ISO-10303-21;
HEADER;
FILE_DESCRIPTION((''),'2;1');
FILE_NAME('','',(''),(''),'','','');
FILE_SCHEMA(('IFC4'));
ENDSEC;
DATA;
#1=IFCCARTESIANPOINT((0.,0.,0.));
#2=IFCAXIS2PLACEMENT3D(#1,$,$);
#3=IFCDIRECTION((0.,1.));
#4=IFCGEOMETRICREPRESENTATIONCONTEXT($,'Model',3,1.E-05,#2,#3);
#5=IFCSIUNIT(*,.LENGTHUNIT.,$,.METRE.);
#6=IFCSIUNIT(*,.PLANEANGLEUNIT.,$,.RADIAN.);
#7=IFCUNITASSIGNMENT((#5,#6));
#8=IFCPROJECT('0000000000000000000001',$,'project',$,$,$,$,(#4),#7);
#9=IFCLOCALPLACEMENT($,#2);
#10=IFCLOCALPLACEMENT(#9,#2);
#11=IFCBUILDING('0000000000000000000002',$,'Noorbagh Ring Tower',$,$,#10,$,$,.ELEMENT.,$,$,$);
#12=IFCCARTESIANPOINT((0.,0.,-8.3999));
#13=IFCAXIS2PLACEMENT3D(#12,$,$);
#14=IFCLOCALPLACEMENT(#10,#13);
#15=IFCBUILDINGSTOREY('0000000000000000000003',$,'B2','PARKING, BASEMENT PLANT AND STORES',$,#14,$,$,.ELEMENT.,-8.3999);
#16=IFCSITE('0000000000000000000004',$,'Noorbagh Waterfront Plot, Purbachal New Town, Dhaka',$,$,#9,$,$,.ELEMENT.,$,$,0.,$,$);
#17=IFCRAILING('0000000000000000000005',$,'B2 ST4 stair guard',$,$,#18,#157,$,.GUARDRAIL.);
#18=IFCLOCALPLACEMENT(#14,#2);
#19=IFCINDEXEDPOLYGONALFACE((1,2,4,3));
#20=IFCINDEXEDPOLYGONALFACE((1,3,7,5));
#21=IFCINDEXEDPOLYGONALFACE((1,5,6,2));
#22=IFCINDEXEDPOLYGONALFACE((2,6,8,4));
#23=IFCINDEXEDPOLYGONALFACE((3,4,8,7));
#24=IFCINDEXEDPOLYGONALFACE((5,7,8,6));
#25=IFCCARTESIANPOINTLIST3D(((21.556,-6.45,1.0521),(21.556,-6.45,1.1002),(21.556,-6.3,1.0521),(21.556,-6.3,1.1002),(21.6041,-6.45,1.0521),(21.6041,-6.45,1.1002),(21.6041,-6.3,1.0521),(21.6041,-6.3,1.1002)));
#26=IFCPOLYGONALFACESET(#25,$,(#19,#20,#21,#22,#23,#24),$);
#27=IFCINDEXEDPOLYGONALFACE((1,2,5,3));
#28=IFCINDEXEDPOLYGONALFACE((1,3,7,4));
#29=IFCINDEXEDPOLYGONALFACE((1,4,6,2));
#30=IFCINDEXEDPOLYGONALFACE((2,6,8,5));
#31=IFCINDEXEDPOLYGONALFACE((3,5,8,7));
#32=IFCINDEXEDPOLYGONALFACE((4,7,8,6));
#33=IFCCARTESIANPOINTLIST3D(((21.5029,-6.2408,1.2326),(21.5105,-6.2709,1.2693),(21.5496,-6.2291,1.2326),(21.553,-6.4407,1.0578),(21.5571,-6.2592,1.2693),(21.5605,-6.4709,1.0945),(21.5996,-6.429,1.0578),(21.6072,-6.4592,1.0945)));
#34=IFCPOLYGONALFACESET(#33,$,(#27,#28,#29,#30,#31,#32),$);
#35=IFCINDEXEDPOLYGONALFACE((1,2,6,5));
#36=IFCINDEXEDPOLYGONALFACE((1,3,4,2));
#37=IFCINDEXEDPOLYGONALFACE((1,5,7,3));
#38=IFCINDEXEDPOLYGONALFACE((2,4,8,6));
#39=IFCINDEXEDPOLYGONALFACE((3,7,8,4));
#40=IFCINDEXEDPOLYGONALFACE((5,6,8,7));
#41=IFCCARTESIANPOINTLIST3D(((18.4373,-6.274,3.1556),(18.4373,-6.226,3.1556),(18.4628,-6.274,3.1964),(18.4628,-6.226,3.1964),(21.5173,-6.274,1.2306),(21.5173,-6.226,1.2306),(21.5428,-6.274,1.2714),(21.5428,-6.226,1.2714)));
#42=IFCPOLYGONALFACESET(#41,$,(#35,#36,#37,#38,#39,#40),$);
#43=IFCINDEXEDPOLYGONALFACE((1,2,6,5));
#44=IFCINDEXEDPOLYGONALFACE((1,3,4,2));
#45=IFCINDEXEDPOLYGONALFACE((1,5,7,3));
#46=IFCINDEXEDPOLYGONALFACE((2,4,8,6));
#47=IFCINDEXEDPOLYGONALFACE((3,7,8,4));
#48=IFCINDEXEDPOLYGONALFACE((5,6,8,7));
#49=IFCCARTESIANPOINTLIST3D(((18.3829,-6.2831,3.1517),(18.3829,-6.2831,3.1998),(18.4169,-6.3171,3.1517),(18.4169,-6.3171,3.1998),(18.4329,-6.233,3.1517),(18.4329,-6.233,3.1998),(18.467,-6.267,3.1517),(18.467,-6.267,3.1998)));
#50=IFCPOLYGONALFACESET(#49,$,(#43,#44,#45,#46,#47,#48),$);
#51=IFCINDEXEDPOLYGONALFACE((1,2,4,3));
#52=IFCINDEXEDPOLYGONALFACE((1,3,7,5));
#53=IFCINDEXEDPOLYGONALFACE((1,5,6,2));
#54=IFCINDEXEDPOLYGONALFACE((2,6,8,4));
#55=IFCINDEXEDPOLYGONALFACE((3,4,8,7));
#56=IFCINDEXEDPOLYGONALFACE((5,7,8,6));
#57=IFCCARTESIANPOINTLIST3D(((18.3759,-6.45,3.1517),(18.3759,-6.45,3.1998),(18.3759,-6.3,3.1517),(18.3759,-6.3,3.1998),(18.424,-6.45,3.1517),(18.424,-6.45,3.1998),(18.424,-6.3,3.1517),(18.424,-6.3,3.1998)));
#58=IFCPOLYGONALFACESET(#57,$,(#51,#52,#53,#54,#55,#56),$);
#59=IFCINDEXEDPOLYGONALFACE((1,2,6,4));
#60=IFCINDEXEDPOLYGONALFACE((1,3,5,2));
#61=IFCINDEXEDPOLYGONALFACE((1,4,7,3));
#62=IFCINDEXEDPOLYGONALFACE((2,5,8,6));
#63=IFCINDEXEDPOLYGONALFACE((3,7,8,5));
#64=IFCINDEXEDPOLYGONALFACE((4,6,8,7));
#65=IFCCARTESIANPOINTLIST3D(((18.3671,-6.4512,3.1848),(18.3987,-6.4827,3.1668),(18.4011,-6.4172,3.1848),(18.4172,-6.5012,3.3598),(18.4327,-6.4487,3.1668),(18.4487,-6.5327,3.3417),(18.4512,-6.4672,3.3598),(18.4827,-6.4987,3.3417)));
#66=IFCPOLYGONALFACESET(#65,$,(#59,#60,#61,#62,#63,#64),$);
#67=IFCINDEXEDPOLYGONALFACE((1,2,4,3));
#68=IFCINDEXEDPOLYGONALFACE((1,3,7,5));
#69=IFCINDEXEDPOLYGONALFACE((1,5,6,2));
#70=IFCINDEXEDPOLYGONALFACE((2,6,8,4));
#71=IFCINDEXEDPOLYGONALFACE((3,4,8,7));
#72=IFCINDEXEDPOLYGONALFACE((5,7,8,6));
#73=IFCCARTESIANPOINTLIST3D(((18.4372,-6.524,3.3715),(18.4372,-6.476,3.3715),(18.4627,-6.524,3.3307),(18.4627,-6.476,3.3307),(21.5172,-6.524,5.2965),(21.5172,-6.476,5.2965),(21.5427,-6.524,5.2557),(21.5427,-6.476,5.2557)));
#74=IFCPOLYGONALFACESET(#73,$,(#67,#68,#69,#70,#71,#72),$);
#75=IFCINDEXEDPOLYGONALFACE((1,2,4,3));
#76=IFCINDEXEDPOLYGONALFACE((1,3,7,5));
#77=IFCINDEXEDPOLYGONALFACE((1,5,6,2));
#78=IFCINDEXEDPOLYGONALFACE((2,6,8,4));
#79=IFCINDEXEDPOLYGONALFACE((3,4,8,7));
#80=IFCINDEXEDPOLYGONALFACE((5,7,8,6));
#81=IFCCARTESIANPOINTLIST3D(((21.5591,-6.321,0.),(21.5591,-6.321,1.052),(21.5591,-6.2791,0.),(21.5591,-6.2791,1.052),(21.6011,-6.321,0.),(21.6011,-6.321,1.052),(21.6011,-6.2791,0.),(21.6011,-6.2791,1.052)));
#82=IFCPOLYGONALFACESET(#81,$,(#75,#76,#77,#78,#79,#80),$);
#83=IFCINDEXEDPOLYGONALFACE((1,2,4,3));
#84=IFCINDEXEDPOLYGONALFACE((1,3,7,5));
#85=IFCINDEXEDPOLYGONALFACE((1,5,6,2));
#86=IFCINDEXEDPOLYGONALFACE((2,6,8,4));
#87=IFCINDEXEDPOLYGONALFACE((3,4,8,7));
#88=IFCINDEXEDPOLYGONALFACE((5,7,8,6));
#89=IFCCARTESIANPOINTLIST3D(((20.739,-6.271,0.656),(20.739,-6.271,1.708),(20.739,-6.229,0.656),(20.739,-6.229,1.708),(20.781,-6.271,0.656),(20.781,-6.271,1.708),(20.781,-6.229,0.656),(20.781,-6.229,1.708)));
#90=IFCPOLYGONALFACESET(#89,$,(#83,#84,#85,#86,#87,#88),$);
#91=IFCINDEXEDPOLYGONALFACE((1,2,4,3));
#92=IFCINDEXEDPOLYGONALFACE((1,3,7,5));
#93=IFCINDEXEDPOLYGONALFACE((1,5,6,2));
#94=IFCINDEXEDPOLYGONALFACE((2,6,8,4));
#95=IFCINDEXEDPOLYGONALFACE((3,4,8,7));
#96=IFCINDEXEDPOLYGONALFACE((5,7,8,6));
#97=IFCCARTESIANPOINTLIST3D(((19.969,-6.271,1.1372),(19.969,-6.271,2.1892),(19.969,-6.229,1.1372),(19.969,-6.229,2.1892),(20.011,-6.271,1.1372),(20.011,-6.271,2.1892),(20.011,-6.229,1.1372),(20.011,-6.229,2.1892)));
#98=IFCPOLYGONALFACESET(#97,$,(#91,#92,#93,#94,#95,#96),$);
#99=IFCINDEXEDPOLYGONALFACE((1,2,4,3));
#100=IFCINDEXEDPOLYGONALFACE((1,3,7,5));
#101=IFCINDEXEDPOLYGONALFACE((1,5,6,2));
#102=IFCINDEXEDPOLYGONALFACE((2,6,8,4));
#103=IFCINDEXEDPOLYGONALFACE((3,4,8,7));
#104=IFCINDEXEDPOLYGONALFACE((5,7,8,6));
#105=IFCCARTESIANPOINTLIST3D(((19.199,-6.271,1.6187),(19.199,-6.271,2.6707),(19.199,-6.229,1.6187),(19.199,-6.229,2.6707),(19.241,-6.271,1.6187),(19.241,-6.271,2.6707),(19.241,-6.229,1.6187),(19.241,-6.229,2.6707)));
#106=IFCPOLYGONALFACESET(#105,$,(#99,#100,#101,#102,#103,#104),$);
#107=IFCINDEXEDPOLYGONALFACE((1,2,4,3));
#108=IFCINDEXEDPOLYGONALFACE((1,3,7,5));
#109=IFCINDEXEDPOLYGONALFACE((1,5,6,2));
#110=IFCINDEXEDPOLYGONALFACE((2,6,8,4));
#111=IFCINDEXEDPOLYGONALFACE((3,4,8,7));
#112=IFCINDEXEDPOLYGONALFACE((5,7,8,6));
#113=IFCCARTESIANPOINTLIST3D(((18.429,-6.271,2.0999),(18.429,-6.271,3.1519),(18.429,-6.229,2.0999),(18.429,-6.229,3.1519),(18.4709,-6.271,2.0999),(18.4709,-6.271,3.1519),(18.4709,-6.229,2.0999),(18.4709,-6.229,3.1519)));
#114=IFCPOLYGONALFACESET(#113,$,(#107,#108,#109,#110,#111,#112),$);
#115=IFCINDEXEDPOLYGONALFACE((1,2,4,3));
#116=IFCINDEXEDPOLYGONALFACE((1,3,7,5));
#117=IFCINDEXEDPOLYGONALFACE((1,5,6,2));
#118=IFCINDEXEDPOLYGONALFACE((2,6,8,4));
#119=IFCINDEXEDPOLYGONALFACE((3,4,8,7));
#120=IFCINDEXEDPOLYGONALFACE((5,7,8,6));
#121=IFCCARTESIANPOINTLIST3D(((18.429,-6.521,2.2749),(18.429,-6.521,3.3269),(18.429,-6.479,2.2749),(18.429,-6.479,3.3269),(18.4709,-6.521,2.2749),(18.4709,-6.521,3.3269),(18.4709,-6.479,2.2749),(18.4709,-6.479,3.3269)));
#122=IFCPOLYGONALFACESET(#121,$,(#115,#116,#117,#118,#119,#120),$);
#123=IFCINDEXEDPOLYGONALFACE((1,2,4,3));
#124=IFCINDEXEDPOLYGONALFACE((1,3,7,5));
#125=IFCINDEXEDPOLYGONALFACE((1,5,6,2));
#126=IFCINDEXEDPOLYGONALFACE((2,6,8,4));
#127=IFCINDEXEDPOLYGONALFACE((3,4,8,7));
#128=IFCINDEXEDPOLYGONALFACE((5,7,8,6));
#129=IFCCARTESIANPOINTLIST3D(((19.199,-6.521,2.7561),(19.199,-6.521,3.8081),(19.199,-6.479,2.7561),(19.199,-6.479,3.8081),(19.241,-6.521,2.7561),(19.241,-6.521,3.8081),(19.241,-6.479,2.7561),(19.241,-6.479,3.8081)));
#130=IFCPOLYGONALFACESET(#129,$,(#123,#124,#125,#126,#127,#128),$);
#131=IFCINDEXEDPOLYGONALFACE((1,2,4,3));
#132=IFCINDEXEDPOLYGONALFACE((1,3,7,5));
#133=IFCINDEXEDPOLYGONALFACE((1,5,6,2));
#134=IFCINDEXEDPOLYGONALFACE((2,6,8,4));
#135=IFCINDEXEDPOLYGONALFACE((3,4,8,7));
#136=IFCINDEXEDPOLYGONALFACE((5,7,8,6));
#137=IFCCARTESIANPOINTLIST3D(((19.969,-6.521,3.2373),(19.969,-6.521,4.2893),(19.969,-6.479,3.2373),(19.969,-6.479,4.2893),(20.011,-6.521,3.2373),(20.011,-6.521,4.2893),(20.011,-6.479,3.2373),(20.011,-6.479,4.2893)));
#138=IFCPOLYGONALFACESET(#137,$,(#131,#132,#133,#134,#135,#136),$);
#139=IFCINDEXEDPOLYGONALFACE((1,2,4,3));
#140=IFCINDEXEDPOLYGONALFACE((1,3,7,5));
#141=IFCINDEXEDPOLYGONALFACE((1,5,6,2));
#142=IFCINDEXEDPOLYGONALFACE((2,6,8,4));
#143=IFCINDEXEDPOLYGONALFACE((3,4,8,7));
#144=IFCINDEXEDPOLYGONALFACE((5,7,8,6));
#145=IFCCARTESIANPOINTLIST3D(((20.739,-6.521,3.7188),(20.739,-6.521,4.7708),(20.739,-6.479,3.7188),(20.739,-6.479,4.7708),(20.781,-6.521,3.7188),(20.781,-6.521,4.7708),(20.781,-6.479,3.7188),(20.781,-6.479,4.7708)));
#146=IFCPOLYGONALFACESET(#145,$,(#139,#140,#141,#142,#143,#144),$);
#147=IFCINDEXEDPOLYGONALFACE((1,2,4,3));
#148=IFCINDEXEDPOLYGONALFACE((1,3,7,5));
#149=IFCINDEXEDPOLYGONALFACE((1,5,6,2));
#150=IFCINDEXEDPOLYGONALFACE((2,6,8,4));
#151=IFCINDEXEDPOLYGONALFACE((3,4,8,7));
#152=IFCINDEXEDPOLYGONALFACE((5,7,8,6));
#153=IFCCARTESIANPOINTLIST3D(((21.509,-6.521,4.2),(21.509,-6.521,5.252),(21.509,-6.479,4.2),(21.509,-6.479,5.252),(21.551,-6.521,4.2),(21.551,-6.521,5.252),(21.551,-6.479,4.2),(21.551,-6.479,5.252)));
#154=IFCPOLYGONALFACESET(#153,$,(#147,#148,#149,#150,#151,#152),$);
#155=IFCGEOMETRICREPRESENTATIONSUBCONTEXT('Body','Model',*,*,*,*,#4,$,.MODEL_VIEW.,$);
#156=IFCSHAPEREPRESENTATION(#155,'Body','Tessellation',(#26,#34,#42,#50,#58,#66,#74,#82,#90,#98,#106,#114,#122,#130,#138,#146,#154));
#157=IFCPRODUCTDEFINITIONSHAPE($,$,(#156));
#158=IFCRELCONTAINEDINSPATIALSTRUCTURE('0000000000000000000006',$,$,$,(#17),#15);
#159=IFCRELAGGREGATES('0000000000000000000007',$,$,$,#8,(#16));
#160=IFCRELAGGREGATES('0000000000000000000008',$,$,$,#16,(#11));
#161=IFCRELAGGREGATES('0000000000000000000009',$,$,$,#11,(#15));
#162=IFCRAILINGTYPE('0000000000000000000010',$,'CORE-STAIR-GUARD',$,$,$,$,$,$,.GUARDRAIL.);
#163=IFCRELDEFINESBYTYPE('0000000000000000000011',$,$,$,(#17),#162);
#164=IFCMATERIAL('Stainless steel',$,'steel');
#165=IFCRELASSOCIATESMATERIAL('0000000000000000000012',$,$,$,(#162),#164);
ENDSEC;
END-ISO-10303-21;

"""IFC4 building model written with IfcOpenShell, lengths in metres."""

from ifc_helpers import new_model, si_unit, direction, frame, origin, origin_2d, place, context, subcontext, project, spatial, rectangle, extrude, material, type_object, element, save


model = new_model("IFC4")

# Units and contexts
model_context = context("Model", 3, precision=1e-05, world=origin(), true_north=direction((0.0, 1.0)))
body_context = subcontext(model_context, "Body", "Model", "MODEL_VIEW")
ifc_project = project(units=[si_unit("LENGTHUNIT", "METRE"), si_unit("PLANEANGLEUNIT", "RADIAN")], contexts=[model_context])

# Site, building, storey
site_placement = place(None, origin())
site = spatial("IfcSite", under=ifc_project, at=site_placement, Name="Noorbagh Waterfront Plot, Purbachal New Town, Dhaka", CompositionType="ELEMENT", RefElevation=0.0)
building_placement = place(site_placement, origin())
building = spatial("IfcBuilding", under=site, at=building_placement, Name="Noorbagh Ring Tower", CompositionType="ELEMENT")
storey_placement = place(building_placement, frame((0.0, 0.0, -8.3999)))
storey = spatial("IfcBuildingStorey", under=building, at=storey_placement, Name="B2", Description="PARKING, BASEMENT PLANT AND STORES", CompositionType="ELEMENT", Elevation=-8.3999)

# Railing
ifc_material_1 = material(Name="Stainless steel", Category="steel")
railing_type_1 = type_object("IfcRailingType", Name="CORE-STAIR-GUARD", PredefinedType="GUARDRAIL", material=ifc_material_1)
railing_1_placement = place(storey_placement, frame((21.5801, -6.3, 0.0)))
element("IfcRailing", 1, at=railing_1_placement, inside=storey, type_object=railing_type_1, Name="B2 ST4 stair guard", PredefinedType="GUARDRAIL", context=body_context, shape_type="SweptSolid", body=[
    extrude(rectangle(XDim=0.0481, YDim=0.0481, at=origin_2d()), frame((0.0, 0.0, 1.0762), z_axis=(0.0, -1.0, 0.0), x_axis=(1.0, 0.0, 0.0)), (0.0, 0.0, 1.0), 0.1499),
    extrude(rectangle(XDim=0.0481, YDim=0.0481, at=origin_2d()), frame((0.0, -0.1499, 1.0762), z_axis=(-0.185186, 0.73984, 0.646795), x_axis=(-0.970073, -0.242814, 0.0)), (0.0, 0.0, 1.0), 0.2703),
    extrude(rectangle(XDim=0.0481, YDim=0.0481, at=origin_2d()), frame((-0.05, 0.05, 1.251), z_axis=(-0.847998, 0.0, 0.529999), x_axis=(0.0, -1.0, 0.0)), (0.0, 0.0, 1.0), 3.6321),
    extrude(rectangle(XDim=0.0481, YDim=0.0481, at=origin_2d()), frame((-3.1301, 0.05, 3.1758), z_axis=(-0.707107, -0.707107, 0.0), x_axis=(0.707107, -0.707107, 0.0)), (0.0, 0.0, 1.0), 0.0708),
    extrude(rectangle(XDim=0.0481, YDim=0.0481, at=origin_2d()), frame((-3.1802, 0.0, 3.1758), z_axis=(0.0, -1.0, 0.0), x_axis=(1.0, 0.0, 0.0)), (0.0, 0.0, 1.0), 0.1499),
    extrude(rectangle(XDim=0.0481, YDim=0.0481, at=origin_2d()), frame((-3.1802, -0.1499, 3.1758), z_axis=(0.265065, -0.265065, 0.927082), x_axis=(0.707107, 0.707107, 0.0)), (0.0, 0.0, 1.0), 0.1887),
    extrude(rectangle(XDim=0.0481, YDim=0.0481, at=origin_2d()), frame((-3.1301, -0.2, 3.3511), z_axis=(0.847998, 0.0, 0.529999), x_axis=(0.0, 1.0, 0.0)), (0.0, 0.0, 1.0), 3.6321),
    extrude(rectangle(XDim=0.042, YDim=0.042, at=origin_2d()), origin(), (0.0, 0.0, 1.0), 1.052),
    extrude(rectangle(XDim=0.042, YDim=0.042, at=origin_2d()), frame((-0.8201, 0.05, 0.656)), (0.0, 0.0, 1.0), 1.052),
    extrude(rectangle(XDim=0.042, YDim=0.042, at=origin_2d()), frame((-1.5901, 0.05, 1.1372)), (0.0, 0.0, 1.0), 1.052),
    extrude(rectangle(XDim=0.042, YDim=0.042, at=origin_2d()), frame((-2.3601, 0.05, 1.6187)), (0.0, 0.0, 1.0), 1.052),
    extrude(rectangle(XDim=0.042, YDim=0.042, at=origin_2d()), frame((-3.1301, 0.05, 2.0999)), (0.0, 0.0, 1.0), 1.052),
    extrude(rectangle(XDim=0.042, YDim=0.042, at=origin_2d()), frame((-3.1301, -0.2, 2.2749)), (0.0, 0.0, 1.0), 1.052),
    extrude(rectangle(XDim=0.042, YDim=0.042, at=origin_2d()), frame((-2.3601, -0.2, 2.7561)), (0.0, 0.0, 1.0), 1.052),
    extrude(rectangle(XDim=0.042, YDim=0.042, at=origin_2d()), frame((-1.5901, -0.2, 3.2373)), (0.0, 0.0, 1.0), 1.052),
    extrude(rectangle(XDim=0.042, YDim=0.042, at=origin_2d()), frame((-0.8201, -0.2, 3.7188)), (0.0, 0.0, 1.0), 1.052),
    extrude(rectangle(XDim=0.042, YDim=0.042, at=origin_2d()), frame((-0.05, -0.2, 4.2)), (0.0, 0.0, 1.0), 1.052),
])

save(model, "model.ifc")
